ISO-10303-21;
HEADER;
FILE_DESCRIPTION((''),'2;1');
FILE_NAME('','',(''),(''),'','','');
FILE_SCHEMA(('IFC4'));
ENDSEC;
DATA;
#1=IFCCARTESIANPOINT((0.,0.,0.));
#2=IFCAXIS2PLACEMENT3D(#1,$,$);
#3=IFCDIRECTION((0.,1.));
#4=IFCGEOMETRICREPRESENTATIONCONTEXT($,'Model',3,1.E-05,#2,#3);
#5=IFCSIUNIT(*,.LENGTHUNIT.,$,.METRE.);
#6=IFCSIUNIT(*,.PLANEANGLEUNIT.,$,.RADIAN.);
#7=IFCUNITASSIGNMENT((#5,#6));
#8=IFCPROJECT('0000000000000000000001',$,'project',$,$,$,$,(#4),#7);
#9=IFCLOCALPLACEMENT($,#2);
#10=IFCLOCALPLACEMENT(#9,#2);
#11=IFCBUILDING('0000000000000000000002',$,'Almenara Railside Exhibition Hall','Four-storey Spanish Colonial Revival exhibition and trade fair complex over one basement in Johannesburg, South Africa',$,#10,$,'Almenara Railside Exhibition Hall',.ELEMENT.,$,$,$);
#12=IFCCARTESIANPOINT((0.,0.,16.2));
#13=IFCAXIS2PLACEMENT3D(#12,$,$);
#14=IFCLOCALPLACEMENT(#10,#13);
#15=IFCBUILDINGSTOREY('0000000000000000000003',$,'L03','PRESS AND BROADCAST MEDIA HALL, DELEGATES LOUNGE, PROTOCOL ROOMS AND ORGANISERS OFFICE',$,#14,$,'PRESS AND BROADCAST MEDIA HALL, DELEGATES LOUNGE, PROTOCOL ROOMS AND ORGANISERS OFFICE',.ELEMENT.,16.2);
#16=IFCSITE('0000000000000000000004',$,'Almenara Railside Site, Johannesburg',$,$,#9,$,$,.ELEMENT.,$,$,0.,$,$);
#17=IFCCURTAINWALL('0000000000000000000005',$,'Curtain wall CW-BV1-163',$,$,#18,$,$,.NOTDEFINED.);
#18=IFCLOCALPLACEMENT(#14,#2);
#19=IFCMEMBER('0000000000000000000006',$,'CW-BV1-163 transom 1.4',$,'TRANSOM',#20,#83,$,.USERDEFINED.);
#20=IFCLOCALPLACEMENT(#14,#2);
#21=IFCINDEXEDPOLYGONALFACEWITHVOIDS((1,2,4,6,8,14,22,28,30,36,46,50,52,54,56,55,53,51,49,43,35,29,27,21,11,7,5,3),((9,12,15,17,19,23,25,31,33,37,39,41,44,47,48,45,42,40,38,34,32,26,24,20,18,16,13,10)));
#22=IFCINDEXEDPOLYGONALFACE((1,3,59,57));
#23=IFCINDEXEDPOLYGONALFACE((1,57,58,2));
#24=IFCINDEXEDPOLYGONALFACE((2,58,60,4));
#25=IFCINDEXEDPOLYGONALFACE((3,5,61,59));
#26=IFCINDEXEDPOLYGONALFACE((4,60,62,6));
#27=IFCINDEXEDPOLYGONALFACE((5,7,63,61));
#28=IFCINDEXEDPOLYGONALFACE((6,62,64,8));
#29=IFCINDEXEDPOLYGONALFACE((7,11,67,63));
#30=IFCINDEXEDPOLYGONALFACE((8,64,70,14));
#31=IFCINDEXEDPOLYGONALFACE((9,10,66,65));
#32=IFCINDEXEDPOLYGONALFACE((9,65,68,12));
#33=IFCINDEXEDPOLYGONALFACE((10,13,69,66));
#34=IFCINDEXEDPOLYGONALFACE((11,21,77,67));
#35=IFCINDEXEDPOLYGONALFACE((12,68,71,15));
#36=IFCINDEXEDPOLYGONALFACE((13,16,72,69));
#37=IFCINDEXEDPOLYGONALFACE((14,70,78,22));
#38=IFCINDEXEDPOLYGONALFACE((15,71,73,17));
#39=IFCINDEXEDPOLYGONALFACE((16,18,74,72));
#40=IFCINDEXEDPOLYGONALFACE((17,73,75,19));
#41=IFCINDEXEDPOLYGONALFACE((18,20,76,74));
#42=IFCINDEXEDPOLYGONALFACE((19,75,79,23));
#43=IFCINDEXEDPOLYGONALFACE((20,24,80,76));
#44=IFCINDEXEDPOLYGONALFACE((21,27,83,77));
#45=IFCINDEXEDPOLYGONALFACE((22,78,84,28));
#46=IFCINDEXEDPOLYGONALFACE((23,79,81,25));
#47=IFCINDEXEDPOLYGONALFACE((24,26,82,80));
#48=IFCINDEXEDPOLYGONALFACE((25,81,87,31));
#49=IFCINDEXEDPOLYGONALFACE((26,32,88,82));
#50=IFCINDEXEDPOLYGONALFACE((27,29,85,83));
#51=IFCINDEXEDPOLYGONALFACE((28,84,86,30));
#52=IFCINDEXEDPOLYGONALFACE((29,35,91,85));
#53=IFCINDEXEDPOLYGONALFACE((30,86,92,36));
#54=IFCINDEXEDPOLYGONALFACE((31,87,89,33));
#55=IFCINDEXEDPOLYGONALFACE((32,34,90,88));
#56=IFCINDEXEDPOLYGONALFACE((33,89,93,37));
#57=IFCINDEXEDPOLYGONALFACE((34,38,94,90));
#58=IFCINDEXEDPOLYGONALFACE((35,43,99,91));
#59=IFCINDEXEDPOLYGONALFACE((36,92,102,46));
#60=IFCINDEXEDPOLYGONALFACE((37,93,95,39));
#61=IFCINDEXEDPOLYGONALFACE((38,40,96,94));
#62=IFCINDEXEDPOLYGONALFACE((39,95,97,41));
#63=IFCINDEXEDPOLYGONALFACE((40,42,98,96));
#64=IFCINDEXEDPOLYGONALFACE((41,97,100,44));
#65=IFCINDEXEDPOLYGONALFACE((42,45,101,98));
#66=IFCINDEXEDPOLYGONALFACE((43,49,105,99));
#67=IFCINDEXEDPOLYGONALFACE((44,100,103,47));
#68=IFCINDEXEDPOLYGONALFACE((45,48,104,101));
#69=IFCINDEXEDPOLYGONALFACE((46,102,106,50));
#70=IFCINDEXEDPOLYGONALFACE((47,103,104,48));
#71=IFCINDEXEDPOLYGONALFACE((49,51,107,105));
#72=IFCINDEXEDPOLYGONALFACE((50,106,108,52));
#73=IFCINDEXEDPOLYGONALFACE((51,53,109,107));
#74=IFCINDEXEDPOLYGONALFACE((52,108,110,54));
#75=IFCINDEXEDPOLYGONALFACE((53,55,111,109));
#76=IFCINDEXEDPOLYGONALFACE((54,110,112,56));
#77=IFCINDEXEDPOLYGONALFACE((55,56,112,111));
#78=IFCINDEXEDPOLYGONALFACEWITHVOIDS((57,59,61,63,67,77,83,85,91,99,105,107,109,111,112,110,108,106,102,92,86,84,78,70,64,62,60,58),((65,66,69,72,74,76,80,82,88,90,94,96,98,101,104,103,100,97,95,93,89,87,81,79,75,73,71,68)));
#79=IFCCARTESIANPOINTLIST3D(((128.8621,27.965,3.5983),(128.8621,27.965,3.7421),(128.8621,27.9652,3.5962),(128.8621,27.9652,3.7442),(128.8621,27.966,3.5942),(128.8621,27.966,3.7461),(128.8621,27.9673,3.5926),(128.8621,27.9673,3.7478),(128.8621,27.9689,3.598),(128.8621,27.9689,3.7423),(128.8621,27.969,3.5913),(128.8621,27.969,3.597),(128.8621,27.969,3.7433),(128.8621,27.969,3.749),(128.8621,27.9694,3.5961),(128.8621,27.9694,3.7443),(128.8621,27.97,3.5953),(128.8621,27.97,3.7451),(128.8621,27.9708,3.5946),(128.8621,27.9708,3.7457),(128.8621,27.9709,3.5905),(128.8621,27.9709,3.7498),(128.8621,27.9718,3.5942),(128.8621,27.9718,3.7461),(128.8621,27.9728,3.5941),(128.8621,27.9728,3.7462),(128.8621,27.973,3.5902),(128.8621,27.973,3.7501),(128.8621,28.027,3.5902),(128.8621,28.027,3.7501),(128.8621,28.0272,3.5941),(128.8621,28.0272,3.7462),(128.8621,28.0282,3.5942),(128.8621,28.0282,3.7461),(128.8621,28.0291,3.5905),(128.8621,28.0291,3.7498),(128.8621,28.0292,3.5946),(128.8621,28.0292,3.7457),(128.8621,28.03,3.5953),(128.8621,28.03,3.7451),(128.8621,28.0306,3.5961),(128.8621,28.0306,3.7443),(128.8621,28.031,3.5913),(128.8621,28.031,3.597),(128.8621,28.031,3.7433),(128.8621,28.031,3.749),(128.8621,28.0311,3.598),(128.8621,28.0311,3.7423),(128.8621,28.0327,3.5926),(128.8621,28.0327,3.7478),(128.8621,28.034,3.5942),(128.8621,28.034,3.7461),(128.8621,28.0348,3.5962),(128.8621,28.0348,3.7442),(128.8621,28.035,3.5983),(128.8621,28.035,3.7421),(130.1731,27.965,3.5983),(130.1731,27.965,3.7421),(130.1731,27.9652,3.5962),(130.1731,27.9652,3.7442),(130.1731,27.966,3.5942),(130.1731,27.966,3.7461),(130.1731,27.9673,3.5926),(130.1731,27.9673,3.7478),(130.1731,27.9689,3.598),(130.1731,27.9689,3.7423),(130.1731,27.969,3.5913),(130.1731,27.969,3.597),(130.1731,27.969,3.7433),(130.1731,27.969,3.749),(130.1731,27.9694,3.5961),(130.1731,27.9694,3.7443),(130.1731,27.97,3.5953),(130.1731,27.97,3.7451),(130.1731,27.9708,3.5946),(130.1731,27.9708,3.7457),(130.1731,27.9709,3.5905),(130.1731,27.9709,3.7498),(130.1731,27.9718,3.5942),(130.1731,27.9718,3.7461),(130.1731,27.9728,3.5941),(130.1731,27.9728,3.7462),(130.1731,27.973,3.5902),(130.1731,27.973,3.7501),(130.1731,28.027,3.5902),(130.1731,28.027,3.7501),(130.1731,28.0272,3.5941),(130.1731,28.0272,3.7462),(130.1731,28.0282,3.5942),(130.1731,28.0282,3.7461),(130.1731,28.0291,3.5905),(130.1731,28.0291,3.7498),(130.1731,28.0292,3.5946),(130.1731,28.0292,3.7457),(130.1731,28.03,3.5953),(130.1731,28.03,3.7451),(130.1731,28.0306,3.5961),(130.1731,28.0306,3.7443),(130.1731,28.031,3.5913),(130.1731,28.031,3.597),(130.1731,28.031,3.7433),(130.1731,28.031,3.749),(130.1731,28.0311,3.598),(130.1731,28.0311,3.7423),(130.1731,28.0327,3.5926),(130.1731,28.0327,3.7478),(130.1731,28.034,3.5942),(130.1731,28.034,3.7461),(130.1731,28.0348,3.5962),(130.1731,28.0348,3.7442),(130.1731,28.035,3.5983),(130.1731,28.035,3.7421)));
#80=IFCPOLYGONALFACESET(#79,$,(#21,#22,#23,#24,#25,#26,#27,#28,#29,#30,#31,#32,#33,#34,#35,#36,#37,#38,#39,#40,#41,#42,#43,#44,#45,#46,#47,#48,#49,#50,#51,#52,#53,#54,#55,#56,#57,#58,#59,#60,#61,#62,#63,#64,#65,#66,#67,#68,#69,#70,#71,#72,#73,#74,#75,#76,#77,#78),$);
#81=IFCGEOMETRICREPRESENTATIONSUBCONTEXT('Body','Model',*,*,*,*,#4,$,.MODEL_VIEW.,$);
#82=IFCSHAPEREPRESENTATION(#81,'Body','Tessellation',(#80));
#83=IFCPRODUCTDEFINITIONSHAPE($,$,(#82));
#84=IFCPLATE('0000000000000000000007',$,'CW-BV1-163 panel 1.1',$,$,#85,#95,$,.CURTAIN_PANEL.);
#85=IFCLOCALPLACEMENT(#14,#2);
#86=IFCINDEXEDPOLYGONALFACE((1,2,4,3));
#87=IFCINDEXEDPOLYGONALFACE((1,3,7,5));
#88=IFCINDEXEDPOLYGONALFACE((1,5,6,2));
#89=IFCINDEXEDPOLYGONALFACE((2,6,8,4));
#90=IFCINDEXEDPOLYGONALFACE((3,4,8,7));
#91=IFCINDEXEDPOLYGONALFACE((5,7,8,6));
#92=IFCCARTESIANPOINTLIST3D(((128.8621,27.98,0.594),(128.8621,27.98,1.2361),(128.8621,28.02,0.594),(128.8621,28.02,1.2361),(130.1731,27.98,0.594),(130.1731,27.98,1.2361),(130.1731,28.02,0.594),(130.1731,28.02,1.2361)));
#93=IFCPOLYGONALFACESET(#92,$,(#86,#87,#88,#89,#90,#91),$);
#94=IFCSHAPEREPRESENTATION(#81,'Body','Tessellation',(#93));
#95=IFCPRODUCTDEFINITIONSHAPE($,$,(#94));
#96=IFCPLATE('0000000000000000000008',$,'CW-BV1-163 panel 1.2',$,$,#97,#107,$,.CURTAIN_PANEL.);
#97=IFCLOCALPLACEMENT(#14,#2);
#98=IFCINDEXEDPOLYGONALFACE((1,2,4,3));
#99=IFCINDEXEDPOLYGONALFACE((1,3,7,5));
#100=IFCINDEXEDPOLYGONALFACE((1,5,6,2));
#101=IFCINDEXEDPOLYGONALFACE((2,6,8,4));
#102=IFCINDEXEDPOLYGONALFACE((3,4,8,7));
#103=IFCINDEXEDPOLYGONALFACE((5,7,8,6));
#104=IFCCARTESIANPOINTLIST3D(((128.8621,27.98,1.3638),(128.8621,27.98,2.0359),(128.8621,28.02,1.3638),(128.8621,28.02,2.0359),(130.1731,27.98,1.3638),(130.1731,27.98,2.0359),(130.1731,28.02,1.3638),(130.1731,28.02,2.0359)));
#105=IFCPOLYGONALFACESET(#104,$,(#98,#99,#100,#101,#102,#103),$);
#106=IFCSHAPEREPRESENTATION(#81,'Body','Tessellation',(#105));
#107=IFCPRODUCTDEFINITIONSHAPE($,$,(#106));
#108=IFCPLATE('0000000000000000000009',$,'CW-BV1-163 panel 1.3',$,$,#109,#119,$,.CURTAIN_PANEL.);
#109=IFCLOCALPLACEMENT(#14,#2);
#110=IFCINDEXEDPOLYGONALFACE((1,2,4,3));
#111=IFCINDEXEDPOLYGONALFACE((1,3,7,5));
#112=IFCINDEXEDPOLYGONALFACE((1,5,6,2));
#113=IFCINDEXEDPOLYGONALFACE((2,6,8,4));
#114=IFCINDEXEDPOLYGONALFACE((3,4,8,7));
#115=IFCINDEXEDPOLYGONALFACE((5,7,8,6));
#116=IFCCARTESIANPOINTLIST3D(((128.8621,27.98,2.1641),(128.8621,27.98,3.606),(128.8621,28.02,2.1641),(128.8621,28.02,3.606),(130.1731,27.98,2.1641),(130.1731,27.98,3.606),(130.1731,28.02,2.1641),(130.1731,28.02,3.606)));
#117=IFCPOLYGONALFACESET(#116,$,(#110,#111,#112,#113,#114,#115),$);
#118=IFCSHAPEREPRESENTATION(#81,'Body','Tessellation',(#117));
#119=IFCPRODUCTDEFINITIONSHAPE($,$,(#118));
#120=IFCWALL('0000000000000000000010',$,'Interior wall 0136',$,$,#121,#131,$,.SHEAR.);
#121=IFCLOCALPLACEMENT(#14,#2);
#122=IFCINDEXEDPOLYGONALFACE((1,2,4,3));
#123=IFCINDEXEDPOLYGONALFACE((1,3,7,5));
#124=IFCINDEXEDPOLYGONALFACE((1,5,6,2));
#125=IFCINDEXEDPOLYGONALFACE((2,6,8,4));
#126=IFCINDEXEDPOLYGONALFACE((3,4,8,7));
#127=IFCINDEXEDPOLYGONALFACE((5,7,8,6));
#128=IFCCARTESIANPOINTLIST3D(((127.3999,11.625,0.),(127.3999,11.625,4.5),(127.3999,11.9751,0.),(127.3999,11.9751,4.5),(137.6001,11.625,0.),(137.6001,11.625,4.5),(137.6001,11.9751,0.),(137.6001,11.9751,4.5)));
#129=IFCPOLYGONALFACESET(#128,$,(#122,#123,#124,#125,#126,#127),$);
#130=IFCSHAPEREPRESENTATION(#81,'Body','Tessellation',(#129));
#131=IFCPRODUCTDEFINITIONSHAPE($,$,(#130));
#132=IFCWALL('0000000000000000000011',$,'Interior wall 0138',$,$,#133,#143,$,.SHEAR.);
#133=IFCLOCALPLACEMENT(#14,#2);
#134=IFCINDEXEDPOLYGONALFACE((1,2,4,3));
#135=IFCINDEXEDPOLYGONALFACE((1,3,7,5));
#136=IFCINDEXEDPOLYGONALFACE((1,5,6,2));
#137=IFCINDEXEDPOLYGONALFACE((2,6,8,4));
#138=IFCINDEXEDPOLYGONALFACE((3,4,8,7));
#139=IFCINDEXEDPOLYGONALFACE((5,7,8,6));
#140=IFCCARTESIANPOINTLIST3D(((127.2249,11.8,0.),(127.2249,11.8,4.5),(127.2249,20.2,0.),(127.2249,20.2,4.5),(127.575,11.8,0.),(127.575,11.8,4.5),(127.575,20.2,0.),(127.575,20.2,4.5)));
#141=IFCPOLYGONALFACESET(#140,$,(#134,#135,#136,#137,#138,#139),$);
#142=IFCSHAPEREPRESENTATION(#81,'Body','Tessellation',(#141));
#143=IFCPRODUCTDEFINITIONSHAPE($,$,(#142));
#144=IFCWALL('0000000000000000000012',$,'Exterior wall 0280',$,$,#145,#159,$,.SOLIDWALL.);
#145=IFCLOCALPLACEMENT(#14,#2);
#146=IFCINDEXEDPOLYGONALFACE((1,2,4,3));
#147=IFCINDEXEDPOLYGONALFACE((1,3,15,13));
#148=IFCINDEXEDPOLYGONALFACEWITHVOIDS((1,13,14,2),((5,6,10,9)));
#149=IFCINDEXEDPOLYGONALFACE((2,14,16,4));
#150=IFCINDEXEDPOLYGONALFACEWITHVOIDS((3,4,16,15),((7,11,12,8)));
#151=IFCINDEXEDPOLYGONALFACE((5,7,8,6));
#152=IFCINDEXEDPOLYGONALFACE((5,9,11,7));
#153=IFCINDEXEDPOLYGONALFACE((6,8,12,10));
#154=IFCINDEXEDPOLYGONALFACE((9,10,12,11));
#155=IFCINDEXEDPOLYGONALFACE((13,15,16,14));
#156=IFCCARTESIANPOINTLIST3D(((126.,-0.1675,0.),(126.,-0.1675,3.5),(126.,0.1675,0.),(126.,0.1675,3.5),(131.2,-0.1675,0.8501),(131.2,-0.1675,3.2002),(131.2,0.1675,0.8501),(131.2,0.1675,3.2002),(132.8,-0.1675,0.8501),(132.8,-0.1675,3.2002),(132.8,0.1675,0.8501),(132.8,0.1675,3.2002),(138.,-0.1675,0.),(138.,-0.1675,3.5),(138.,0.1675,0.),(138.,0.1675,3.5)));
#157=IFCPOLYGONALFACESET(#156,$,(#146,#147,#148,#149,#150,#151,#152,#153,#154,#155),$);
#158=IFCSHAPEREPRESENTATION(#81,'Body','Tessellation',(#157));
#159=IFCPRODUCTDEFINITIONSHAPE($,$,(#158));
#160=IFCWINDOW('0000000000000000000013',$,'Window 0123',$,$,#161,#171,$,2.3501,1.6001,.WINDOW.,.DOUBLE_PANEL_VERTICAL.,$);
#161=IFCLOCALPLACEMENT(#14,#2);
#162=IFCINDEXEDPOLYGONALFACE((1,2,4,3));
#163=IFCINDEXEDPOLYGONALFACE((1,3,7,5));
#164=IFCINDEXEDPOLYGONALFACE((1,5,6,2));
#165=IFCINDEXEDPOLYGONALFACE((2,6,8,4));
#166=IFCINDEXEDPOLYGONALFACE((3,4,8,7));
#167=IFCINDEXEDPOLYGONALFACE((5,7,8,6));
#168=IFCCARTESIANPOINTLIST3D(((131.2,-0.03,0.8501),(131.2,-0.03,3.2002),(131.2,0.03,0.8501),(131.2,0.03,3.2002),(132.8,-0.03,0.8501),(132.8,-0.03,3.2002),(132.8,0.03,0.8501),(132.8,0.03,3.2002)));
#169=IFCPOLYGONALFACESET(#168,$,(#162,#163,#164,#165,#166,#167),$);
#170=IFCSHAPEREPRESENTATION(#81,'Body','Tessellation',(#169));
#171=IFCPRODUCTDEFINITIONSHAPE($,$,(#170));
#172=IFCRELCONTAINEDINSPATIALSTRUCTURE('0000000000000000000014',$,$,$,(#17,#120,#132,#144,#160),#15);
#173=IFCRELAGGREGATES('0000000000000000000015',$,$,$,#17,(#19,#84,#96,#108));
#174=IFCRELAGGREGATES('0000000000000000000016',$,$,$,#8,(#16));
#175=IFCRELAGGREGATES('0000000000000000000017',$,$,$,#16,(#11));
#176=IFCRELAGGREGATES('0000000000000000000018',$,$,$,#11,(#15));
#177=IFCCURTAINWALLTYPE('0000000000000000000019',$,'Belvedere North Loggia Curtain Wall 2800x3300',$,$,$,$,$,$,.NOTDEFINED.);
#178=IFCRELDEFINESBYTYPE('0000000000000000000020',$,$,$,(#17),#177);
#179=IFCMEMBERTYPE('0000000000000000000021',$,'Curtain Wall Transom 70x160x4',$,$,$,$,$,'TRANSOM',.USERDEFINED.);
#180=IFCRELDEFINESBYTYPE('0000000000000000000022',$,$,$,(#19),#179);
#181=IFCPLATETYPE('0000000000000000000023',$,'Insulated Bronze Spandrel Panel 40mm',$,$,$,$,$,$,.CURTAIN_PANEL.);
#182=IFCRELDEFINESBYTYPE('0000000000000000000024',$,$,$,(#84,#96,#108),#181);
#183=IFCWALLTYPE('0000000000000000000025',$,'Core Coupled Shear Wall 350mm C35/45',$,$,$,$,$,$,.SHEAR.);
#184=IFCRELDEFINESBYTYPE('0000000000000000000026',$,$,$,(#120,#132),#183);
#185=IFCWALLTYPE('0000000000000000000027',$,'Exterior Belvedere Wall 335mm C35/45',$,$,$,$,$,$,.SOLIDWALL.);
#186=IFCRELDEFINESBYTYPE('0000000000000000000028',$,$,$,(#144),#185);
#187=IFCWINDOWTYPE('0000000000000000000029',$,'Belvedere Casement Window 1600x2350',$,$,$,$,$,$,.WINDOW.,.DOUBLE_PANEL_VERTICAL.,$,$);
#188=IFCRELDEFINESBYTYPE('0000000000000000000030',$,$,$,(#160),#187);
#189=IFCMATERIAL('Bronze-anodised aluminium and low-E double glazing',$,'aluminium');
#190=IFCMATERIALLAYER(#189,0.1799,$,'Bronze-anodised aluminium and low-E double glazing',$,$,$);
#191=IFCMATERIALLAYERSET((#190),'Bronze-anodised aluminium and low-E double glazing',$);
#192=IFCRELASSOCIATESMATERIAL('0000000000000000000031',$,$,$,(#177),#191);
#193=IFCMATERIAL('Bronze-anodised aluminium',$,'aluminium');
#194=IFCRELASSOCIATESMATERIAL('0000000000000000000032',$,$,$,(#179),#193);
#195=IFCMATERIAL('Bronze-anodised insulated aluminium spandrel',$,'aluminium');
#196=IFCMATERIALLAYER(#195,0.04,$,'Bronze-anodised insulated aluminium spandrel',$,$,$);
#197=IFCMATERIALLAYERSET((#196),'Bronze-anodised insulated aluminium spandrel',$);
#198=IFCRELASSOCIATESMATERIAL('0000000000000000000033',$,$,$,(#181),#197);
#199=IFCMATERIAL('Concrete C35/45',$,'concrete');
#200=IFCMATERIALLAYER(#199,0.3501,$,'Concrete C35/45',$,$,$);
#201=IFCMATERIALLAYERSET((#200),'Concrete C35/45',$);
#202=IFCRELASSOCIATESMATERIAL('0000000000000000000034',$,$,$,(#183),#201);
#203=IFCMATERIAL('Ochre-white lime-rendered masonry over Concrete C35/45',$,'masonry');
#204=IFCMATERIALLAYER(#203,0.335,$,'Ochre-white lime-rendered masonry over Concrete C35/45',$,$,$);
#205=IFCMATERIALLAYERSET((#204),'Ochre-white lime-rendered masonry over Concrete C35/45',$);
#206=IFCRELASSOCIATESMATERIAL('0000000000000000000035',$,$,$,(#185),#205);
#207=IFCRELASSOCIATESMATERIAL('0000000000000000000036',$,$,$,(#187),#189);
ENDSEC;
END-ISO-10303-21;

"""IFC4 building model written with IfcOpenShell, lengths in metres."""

from ifc_helpers import new_model, si_unit, direction, frame, frame_2d, origin, origin_2d, place, context, subcontext, project, spatial, rectangle, hollow_rectangle, extrude, material, layer, layer_set, material_profile, profile_set, type_object, element, fill, aggregate, save


model = new_model("IFC4")

# Units and contexts
model_context = context("Model", 3, precision=1e-05, world=origin(), true_north=direction((0.0, 1.0)))
body_context = subcontext(model_context, "Body", "Model", "MODEL_VIEW")
ifc_project = project(units=[si_unit("LENGTHUNIT", "METRE"), si_unit("PLANEANGLEUNIT", "RADIAN")], contexts=[model_context])

# Site, building, storey
site_placement = place(None, origin())
site = spatial("IfcSite", under=ifc_project, at=site_placement, Name="Almenara Railside Site, Johannesburg", CompositionType="ELEMENT", RefElevation=0.0)
building_placement = place(site_placement, origin())
building = spatial("IfcBuilding", under=site, at=building_placement, Name="Almenara Railside Exhibition Hall", Description="Four-storey Spanish Colonial Revival exhibition and trade fair complex over one basement in Johannesburg, South Africa", LongName="Almenara Railside Exhibition Hall", CompositionType="ELEMENT")
storey_placement = place(building_placement, frame((0.0, 0.0, 16.2)))
storey = spatial("IfcBuildingStorey", under=building, at=storey_placement, Name="L03", Description="PRESS AND BROADCAST MEDIA HALL, DELEGATES LOUNGE, PROTOCOL ROOMS AND ORGANISERS OFFICE", LongName="PRESS AND BROADCAST MEDIA HALL, DELEGATES LOUNGE, PROTOCOL ROOMS AND ORGANISERS OFFICE", CompositionType="ELEMENT", Elevation=16.2)

# Curtain wall, member, plates
ifc_material_1 = material(Name="Bronze-anodised aluminium and low-E double glazing", Category="aluminium")
ifc_layer_1 = layer(ifc_material_1, 0.1799, Name="Bronze-anodised aluminium and low-E double glazing")
ifc_layer_set_1 = layer_set([ifc_layer_1], Name="Bronze-anodised aluminium and low-E double glazing")
curtain_wall_type = type_object("IfcCurtainWallType", Name="Belvedere North Loggia Curtain Wall 2800x3300", PredefinedType="NOTDEFINED", material=ifc_layer_set_1)
curtain_wall_placement = place(storey_placement, origin())
curtain_wall = element("IfcCurtainWall", 1, at=curtain_wall_placement, inside=storey, type_object=curtain_wall_type, Name="Curtain wall CW-BV1-163", PredefinedType="NOTDEFINED")
ifc_material_2 = material(Name="Bronze-anodised aluminium", Category="aluminium")
ifc_material_profile_1 = material_profile(ifc_material_2, hollow_rectangle(XDim=0.0701, YDim=0.1599, WallThickness=0.0039, InnerFilletRadius=0.0039, OuterFilletRadius=0.0081, at=origin_2d()), Name="ALU-TRN 70x160x4")
ifc_profile_set_1 = profile_set([ifc_material_profile_1], Name="Bronze-anodised aluminium")
member_type_1 = type_object("IfcMemberType", Name="Curtain Wall Transom 70x160x4", ElementType="TRANSOM", PredefinedType="USERDEFINED", material=ifc_profile_set_1)
member_1_placement = place(storey_placement, frame((128.8621, 28.0, 3.6702), z_axis=(1.0, 0.0, 0.0), x_axis=(0.0, 1.0, 0.0)))
member_1 = element("IfcMember", 2, at=member_1_placement, type_object=member_type_1, Name="CW-BV1-163 transom 1.4", ObjectType="TRANSOM", PredefinedType="USERDEFINED", context=body_context, shape_type="SweptSolid", body=[
    extrude(hollow_rectangle(XDim=0.0701, YDim=0.1599, WallThickness=0.0039, InnerFilletRadius=0.0039, OuterFilletRadius=0.0081, at=origin_2d()), origin(), (0.0, 0.0, 1.0), 1.311),
])
ifc_material_3 = material(Name="Bronze-anodised insulated aluminium spandrel", Category="aluminium")
ifc_layer_2 = layer(ifc_material_3, 0.04, Name="Bronze-anodised insulated aluminium spandrel")
ifc_layer_set_2 = layer_set([ifc_layer_2], Name="Bronze-anodised insulated aluminium spandrel")
plate_type = type_object("IfcPlateType", Name="Insulated Bronze Spandrel Panel 40mm", PredefinedType="CURTAIN_PANEL", material=ifc_layer_set_2)
plate_1_placement = place(storey_placement, frame((129.5176, 28.0, 0.594), z_axis=(0.0, 0.0, 1.0), x_axis=(1.0, 0.0, 0.0)))
plate_1 = element("IfcPlate", 3, at=plate_1_placement, type_object=plate_type, Name="CW-BV1-163 panel 1.1", PredefinedType="CURTAIN_PANEL", context=body_context, shape_type="SweptSolid", body=[
    extrude(rectangle(XDim=1.311, YDim=0.04, at=origin_2d()), origin(), (0.0, 0.0, 1.0), 0.6421),
])
plate_2_placement = place(storey_placement, frame((129.5176, 28.0, 1.3638), z_axis=(0.0, 0.0, 1.0), x_axis=(1.0, 0.0, 0.0)))
plate_2 = element("IfcPlate", 4, at=plate_2_placement, type_object=plate_type, Name="CW-BV1-163 panel 1.2", PredefinedType="CURTAIN_PANEL", context=body_context, shape_type="SweptSolid", body=[
    extrude(rectangle(XDim=1.311, YDim=0.04, at=origin_2d()), origin(), (0.0, 0.0, 1.0), 0.6721),
])
plate_3_placement = place(storey_placement, frame((129.5176, 28.0, 2.1641), z_axis=(0.0, 0.0, 1.0), x_axis=(1.0, 0.0, 0.0)))
plate_3 = element("IfcPlate", 5, at=plate_3_placement, type_object=plate_type, Name="CW-BV1-163 panel 1.3", PredefinedType="CURTAIN_PANEL", context=body_context, shape_type="SweptSolid", body=[
    extrude(rectangle(XDim=1.311, YDim=0.04, at=origin_2d()), origin(), (0.0, 0.0, 1.0), 1.4419),
])
aggregate(curtain_wall, [member_1, plate_1, plate_2, plate_3])

# Walls
ifc_material_4 = material(Name="Concrete C35/45", Category="concrete")
ifc_layer_3 = layer(ifc_material_4, 0.3501, Name="Concrete C35/45")
ifc_layer_set_3 = layer_set([ifc_layer_3], Name="Concrete C35/45")
wall_type_1 = type_object("IfcWallType", Name="Core Coupled Shear Wall 350mm C35/45", PredefinedType="SHEAR", material=ifc_layer_set_3)
wall_1_placement = place(storey_placement, frame((127.3999, 11.8, 0.0), z_axis=(0.0, 0.0, 1.0), x_axis=(1.0, 0.0, 0.0)))
element("IfcWall", 6, at=wall_1_placement, inside=storey, type_object=wall_type_1, Name="Interior wall 0136", PredefinedType="SHEAR", context=body_context, shape_type="SweptSolid", body=[
    extrude(rectangle(XDim=10.2002, YDim=0.3501, at=frame_2d((5.1001, 0.0))), origin(), (0.0, 0.0, 1.0), 4.5),
])
wall_2_placement = place(storey_placement, frame((127.3999, 20.2, 0.0), z_axis=(0.0, 0.0, 1.0), x_axis=(0.0, -1.0, 0.0)))
element("IfcWall", 7, at=wall_2_placement, inside=storey, type_object=wall_type_1, Name="Interior wall 0138", PredefinedType="SHEAR", context=body_context, shape_type="SweptSolid", body=[
    extrude(rectangle(XDim=8.3999, YDim=0.3501, at=frame_2d((4.2, 0.0))), origin(), (0.0, 0.0, 1.0), 4.5),
])

# Wall, opening, window
ifc_material_5 = material(Name="Ochre-white lime-rendered masonry over Concrete C35/45", Category="masonry")
ifc_layer_4 = layer(ifc_material_5, 0.335, Name="Ochre-white lime-rendered masonry over Concrete C35/45")
ifc_layer_set_4 = layer_set([ifc_layer_4], Name="Ochre-white lime-rendered masonry over Concrete C35/45")
wall_type_2 = type_object("IfcWallType", Name="Exterior Belvedere Wall 335mm C35/45", PredefinedType="SOLIDWALL", material=ifc_layer_set_4)
wall_3_placement = place(storey_placement, frame((126.0, 0.0, 0.0), z_axis=(0.0, 0.0, 1.0), x_axis=(1.0, 0.0, 0.0)))
wall_3 = element("IfcWall", 8, at=wall_3_placement, inside=storey, type_object=wall_type_2, Name="Exterior wall 0280", PredefinedType="SOLIDWALL", context=body_context, shape_type="SweptSolid", body=[
    extrude(rectangle(XDim=12.0, YDim=0.335, at=frame_2d((6.0, 0.0))), origin(), (0.0, 0.0, 1.0), 3.5),
])
opening_1_placement = place(wall_3_placement, frame((5.2, 0.0, 0.8501)))
opening_1 = element("IfcOpeningElement", 9, at=opening_1_placement, cuts=wall_3, PredefinedType="OPENING", context=body_context, shape_type="SweptSolid", body=[
    extrude(rectangle(XDim=1.6001, YDim=2.3501, at=frame_2d((0.8, 1.175))), frame((0.0, 0.1775, 0.0), z_axis=(0.0, -1.0, 0.0), x_axis=(1.0, 0.0, 0.0)), (0.0, 0.0, 1.0), 0.355),
])
window_type = type_object("IfcWindowType", Name="Belvedere Casement Window 1600x2350", PartitioningType="DOUBLE_PANEL_VERTICAL", PredefinedType="WINDOW", material=ifc_material_1)
window_placement = place(opening_1_placement, origin())
window = element("IfcWindow", 10, at=window_placement, inside=storey, type_object=window_type, Name="Window 0123", OverallHeight=2.3501, OverallWidth=1.6001, PartitioningType="DOUBLE_PANEL_VERTICAL", PredefinedType="WINDOW", context=body_context, shape_type="SweptSolid", body=[
    extrude(rectangle(XDim=1.6001, YDim=2.3501, at=frame_2d((0.8, 1.175))), frame((0.0, 0.03, 0.0), z_axis=(0.0, -1.0, 0.0), x_axis=(1.0, 0.0, 0.0)), (0.0, 0.0, 1.0), 0.0601),
])
fill(opening_1, window)

save(model, "model.ifc")
